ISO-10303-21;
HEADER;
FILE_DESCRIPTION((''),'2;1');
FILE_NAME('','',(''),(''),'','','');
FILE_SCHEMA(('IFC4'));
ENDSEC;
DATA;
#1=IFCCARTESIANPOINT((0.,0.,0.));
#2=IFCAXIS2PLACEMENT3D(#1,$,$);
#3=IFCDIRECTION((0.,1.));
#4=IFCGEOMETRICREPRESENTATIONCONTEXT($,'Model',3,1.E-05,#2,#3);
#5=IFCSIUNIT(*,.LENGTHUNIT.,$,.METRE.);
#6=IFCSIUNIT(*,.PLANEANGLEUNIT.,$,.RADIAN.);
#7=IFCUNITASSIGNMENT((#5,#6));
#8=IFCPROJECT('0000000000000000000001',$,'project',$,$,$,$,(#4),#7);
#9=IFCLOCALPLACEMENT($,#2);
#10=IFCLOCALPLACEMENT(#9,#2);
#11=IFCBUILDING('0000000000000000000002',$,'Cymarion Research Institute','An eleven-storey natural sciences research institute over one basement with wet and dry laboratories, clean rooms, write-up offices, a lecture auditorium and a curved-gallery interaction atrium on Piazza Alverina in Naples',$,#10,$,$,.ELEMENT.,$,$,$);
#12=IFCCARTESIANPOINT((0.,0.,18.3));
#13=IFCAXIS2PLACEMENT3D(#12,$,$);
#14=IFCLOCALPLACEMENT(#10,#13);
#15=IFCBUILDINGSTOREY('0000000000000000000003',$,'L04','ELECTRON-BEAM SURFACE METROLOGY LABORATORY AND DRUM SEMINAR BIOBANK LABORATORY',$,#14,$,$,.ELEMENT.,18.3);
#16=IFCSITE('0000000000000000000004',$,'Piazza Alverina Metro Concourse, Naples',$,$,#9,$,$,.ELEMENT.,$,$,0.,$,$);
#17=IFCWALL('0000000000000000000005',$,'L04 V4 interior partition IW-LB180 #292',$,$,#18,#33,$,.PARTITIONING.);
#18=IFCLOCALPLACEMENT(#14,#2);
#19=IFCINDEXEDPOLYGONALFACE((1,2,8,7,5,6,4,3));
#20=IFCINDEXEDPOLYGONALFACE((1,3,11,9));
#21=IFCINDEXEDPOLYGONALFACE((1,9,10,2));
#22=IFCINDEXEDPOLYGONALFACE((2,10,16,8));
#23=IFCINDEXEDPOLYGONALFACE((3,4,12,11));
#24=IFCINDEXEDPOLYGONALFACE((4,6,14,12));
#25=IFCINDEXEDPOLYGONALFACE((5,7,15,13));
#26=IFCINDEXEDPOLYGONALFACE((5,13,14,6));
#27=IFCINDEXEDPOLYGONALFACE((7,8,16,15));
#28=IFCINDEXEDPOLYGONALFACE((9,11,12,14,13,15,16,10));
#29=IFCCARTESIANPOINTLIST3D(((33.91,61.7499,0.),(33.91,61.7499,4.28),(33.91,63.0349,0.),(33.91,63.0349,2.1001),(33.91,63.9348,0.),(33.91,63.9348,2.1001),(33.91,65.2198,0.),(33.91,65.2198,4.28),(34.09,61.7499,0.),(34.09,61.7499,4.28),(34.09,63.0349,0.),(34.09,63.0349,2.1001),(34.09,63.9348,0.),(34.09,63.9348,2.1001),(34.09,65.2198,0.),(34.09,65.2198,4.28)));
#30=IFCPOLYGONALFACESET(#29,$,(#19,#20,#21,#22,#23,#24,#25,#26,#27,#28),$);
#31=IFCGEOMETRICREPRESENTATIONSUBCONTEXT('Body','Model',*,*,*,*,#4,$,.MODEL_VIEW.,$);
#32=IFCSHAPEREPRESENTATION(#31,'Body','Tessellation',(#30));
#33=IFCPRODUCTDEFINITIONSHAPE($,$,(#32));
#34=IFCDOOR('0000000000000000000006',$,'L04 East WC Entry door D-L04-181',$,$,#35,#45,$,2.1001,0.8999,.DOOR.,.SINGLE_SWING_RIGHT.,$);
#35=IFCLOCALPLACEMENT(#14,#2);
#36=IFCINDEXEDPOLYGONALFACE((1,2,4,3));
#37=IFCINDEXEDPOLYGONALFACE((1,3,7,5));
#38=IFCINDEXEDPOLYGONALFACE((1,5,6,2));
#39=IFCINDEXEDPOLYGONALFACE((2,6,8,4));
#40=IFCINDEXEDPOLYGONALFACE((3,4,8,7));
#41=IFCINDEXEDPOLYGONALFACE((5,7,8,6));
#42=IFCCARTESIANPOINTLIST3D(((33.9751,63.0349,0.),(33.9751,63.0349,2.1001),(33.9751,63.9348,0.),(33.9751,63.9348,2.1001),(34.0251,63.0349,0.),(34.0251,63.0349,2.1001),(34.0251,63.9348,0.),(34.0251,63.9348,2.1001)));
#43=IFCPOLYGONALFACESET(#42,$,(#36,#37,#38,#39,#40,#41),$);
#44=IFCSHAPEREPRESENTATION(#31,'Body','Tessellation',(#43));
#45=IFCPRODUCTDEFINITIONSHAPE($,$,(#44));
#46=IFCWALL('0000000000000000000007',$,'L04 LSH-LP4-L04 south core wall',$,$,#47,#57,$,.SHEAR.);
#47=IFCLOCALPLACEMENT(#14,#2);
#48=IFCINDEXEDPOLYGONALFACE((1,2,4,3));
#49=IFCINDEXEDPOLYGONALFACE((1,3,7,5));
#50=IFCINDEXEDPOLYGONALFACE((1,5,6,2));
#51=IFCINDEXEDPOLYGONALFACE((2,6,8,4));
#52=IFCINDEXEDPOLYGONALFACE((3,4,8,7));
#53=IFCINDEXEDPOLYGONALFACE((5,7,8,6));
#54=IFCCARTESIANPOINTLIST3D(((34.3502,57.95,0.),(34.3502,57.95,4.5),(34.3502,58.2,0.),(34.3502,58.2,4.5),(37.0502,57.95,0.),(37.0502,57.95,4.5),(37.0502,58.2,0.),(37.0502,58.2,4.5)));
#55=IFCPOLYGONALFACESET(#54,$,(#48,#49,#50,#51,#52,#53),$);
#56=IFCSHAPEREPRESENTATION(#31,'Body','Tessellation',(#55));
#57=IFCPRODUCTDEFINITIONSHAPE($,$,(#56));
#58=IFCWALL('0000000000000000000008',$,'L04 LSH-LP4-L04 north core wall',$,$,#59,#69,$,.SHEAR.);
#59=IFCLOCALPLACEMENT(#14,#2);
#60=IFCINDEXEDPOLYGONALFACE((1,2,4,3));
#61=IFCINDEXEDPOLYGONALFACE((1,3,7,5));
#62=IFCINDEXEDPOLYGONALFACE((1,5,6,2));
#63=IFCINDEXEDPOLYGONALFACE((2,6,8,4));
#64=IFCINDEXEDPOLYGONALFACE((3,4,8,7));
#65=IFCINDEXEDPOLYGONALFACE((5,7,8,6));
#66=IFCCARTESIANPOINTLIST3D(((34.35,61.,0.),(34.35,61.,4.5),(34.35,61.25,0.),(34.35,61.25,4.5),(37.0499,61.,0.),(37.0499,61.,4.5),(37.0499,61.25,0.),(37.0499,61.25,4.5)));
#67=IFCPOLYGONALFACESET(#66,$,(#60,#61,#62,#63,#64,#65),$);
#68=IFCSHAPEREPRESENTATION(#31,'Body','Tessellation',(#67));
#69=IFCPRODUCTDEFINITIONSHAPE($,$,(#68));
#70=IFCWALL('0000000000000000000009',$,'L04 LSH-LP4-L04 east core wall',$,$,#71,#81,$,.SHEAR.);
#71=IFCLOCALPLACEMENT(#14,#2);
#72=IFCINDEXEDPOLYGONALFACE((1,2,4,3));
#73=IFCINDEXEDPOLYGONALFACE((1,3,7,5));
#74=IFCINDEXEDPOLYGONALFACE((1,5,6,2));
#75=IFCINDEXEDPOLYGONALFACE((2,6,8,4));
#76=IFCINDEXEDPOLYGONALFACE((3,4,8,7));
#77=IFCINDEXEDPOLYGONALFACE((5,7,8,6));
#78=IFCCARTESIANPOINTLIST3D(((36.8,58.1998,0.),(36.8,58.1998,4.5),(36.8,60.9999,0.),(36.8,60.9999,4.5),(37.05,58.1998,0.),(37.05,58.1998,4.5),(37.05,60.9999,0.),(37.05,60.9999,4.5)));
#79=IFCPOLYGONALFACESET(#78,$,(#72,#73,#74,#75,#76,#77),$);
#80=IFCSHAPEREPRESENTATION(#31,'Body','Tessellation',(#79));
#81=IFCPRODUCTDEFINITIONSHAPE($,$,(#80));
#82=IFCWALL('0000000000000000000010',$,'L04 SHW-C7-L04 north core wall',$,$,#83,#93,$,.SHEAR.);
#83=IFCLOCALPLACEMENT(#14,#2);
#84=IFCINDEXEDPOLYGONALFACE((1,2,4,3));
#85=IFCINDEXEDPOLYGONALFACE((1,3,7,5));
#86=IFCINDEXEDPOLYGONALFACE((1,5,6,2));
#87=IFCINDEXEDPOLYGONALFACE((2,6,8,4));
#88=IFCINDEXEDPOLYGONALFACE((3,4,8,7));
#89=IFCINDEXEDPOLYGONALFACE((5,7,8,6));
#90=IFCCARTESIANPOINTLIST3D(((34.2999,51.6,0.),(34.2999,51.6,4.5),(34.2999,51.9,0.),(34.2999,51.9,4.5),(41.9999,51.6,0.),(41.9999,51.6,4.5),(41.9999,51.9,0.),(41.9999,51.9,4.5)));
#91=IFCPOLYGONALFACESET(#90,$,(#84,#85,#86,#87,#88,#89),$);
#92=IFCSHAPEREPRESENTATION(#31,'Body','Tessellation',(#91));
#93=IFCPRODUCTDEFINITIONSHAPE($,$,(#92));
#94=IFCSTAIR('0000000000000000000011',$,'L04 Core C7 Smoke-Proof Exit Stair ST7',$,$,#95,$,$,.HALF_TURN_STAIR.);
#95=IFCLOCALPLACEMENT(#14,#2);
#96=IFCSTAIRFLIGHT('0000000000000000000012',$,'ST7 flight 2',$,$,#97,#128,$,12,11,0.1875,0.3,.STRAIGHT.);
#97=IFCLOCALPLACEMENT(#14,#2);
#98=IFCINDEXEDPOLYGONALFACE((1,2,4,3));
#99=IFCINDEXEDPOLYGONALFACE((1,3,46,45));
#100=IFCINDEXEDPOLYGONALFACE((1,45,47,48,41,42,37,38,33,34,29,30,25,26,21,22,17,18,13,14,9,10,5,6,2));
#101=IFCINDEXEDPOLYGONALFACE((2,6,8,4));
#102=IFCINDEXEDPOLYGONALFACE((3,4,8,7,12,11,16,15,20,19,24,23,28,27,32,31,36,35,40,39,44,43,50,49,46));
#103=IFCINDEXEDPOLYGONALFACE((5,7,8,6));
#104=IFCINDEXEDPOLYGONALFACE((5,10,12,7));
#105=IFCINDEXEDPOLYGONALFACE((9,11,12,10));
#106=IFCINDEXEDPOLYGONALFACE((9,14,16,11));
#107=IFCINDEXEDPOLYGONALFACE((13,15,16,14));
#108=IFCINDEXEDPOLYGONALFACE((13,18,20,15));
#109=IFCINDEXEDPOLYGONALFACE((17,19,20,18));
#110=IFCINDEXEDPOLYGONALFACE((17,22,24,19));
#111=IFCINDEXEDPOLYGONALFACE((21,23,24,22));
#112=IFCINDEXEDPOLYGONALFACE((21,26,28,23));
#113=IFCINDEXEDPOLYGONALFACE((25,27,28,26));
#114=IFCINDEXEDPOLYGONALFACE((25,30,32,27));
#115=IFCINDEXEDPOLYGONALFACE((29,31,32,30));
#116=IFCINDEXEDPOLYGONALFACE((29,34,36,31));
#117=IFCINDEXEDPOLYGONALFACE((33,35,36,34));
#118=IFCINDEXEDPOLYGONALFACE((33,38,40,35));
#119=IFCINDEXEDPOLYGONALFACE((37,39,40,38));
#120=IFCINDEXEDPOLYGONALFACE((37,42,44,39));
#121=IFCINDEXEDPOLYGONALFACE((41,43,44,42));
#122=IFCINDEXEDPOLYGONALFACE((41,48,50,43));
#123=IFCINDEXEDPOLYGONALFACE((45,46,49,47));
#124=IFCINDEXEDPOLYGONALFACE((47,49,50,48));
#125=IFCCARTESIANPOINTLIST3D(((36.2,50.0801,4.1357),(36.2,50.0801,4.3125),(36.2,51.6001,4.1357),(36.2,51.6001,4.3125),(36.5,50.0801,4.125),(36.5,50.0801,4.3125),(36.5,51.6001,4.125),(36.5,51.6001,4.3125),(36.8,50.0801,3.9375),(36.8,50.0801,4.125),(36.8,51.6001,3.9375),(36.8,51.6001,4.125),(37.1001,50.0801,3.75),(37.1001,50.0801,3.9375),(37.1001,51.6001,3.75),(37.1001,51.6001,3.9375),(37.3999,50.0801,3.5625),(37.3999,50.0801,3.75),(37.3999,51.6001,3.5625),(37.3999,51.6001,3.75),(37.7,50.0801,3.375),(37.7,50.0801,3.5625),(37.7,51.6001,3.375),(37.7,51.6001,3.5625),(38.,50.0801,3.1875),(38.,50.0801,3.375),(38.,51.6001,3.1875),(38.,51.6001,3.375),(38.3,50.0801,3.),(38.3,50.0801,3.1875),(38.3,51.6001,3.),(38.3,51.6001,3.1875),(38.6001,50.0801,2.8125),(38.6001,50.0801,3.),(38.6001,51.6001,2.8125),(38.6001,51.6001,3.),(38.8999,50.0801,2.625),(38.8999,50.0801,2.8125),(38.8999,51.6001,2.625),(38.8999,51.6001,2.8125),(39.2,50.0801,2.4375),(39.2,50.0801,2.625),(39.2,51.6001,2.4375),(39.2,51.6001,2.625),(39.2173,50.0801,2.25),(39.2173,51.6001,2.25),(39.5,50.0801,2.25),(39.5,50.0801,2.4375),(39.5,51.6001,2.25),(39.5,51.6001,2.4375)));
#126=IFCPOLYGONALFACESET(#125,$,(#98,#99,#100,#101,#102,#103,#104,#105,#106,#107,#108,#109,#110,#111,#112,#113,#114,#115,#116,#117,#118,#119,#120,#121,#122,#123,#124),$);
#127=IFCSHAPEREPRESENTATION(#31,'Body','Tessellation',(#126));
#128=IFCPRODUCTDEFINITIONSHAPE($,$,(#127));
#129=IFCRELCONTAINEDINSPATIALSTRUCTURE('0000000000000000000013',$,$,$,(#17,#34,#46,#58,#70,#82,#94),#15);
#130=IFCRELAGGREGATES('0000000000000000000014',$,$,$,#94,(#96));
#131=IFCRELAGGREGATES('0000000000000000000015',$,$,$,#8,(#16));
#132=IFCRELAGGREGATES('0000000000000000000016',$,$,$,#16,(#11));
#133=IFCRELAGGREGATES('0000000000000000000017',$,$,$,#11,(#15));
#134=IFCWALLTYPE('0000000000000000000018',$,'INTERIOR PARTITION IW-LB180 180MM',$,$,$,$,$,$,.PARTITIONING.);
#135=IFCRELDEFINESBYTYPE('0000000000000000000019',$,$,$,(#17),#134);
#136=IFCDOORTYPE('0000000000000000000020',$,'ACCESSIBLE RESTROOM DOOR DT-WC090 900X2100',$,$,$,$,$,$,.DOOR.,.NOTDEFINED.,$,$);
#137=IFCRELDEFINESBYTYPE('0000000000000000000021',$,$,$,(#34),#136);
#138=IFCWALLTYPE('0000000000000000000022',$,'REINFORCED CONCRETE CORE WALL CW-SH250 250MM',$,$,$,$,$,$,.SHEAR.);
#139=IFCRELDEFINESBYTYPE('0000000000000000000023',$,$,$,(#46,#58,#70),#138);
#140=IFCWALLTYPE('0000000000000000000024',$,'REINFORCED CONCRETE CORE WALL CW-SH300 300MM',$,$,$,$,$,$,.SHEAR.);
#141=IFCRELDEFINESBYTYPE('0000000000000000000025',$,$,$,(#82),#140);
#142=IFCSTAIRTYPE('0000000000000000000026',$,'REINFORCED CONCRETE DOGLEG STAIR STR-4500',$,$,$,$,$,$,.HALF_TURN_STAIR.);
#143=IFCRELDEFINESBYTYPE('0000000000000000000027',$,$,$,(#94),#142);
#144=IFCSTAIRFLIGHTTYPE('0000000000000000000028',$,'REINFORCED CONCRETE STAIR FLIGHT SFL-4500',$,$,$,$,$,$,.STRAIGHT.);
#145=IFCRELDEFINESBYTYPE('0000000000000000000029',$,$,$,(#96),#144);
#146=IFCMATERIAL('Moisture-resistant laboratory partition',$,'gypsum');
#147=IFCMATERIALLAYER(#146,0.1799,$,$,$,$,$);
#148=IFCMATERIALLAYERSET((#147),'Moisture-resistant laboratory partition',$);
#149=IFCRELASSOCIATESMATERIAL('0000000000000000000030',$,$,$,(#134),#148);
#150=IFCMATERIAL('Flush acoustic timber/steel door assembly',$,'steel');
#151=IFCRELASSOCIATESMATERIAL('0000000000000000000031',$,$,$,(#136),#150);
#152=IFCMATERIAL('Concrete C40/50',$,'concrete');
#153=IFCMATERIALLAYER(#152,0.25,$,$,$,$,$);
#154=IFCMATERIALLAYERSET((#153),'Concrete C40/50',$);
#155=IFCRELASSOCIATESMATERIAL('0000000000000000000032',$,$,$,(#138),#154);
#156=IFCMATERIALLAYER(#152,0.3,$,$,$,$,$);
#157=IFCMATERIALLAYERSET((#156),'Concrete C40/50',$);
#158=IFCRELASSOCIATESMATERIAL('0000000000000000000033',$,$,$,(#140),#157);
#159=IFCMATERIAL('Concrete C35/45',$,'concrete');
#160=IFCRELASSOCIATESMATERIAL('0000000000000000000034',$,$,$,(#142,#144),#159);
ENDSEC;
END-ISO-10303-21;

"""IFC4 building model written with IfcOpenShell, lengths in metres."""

from ifc_helpers import new_model, si_unit, direction, frame, frame_2d, origin, place, context, subcontext, project, spatial, polyline, rectangle, outline, extrude, material, layer, layer_set, type_object, element, fill, aggregate, save


model = new_model("IFC4")

# Units and contexts
model_context = context("Model", 3, precision=1e-05, world=origin(), true_north=direction((0.0, 1.0)))
body_context = subcontext(model_context, "Body", "Model", "MODEL_VIEW")
ifc_project = project(units=[si_unit("LENGTHUNIT", "METRE"), si_unit("PLANEANGLEUNIT", "RADIAN")], contexts=[model_context])

# Site, building, storey
site_placement = place(None, origin())
site = spatial("IfcSite", under=ifc_project, at=site_placement, Name="Piazza Alverina Metro Concourse, Naples", CompositionType="ELEMENT", RefElevation=0.0)
building_placement = place(site_placement, origin())
building = spatial("IfcBuilding", under=site, at=building_placement, Name="Cymarion Research Institute", Description="An eleven-storey natural sciences research institute over one basement with wet and dry laboratories, clean rooms, write-up offices, a lecture auditorium and a curved-gallery interaction atrium on Piazza Alverina in Naples", CompositionType="ELEMENT")
storey_placement = place(building_placement, frame((0.0, 0.0, 18.3)))
storey = spatial("IfcBuildingStorey", under=building, at=storey_placement, Name="L04", Description="ELECTRON-BEAM SURFACE METROLOGY LABORATORY AND DRUM SEMINAR BIOBANK LABORATORY", CompositionType="ELEMENT", Elevation=18.3)

# Shared definitions
ifc_material_1 = material(Name="Flush acoustic timber/steel door assembly", Category="steel")

# Shared definitions
ifc_material_2 = material(Name="Moisture-resistant laboratory partition", Category="gypsum")
ifc_layer_1 = layer(ifc_material_2, 0.1799)
ifc_layer_set_1 = layer_set([ifc_layer_1], Name="Moisture-resistant laboratory partition")
wall_type_1 = type_object("IfcWallType", Name="INTERIOR PARTITION IW-LB180 180MM", PredefinedType="PARTITIONING", material=ifc_layer_set_1)

# Wall, opening, door
wall_1_placement = place(storey_placement, frame((34.0, 61.75, 0.0), z_axis=(0.0, 0.0, 1.0), x_axis=(0.0, 1.0, 0.0)))
wall_1 = element("IfcWall", 1, at=wall_1_placement, inside=storey, type_object=wall_type_1, Name="L04 V4 interior partition IW-LB180 #292", PredefinedType="PARTITIONING", context=body_context, shape_type="SweptSolid", body=[
    extrude(rectangle(XDim=3.47, YDim=0.1799, at=frame_2d((1.7349, 0.0))), origin(), (0.0, 0.0, 1.0), 4.28),
])
opening_1_placement = place(wall_1_placement, frame((1.2849, 0.0, 0.0)))
opening_1 = element("IfcOpeningElement", 2, at=opening_1_placement, cuts=wall_1, PredefinedType="OPENING", context=body_context, shape_type="SweptSolid", body=[
    extrude(rectangle(XDim=0.8999, YDim=2.1001, at=frame_2d((0.45, 1.05))), frame((0.0, 0.0999, 0.0), z_axis=(0.0, -1.0, 0.0), x_axis=(1.0, 0.0, 0.0)), (0.0, 0.0, 1.0), 0.2),
])
door_type_1 = type_object("IfcDoorType", Name="ACCESSIBLE RESTROOM DOOR DT-WC090 900X2100", OperationType="NOTDEFINED", PredefinedType="DOOR", material=ifc_material_1)
door_1_placement = place(opening_1_placement, origin())
door_1 = element("IfcDoor", 3, at=door_1_placement, inside=storey, type_object=door_type_1, Name="L04 East WC Entry door D-L04-181", OperationType="SINGLE_SWING_RIGHT", OverallHeight=2.1001, OverallWidth=0.8999, PredefinedType="DOOR", context=body_context, shape_type="SweptSolid", body=[
    extrude(rectangle(XDim=0.8999, YDim=2.1001, at=frame_2d((0.45, 1.05))), frame((0.0, 0.0249, 0.0), z_axis=(0.0, -1.0, 0.0), x_axis=(1.0, 0.0, 0.0)), (0.0, 0.0, 1.0), 0.05),
])
fill(opening_1, door_1)

# Walls
ifc_material_3 = material(Name="Concrete C40/50", Category="concrete")
ifc_layer_2 = layer(ifc_material_3, 0.25)
ifc_layer_set_2 = layer_set([ifc_layer_2], Name="Concrete C40/50")
wall_type_2 = type_object("IfcWallType", Name="REINFORCED CONCRETE CORE WALL CW-SH250 250MM", PredefinedType="SHEAR", material=ifc_layer_set_2)
for number, where, z_axis, x_axis, name in (
    (4, (34.3501, 58.075, 0.0), (0.0, 0.0, 1.0), (1.0, 0.0, 0.0), "L04 LSH-LP4-L04 south core wall"),
    (5, (37.05, 61.125, 0.0), (0.0, 0.0, 1.0), (-1.0, 0.0, 0.0), "L04 LSH-LP4-L04 north core wall"),
):
    element("IfcWall", number, at=place(storey_placement, frame(where, z_axis=z_axis, x_axis=x_axis)), inside=storey, type_object=wall_type_2, Name=name, PredefinedType="SHEAR", context=body_context, shape_type="SweptSolid", body=[
        extrude(rectangle(XDim=2.7, YDim=0.25, at=frame_2d((1.3501, 0.0))), origin(), (0.0, 0.0, 1.0), 4.5),
    ])

# Walls
wall_2_placement = place(storey_placement, frame((36.925, 58.2, 0.0), z_axis=(0.0, 0.0, 1.0), x_axis=(0.0, 1.0, 0.0)))
element("IfcWall", 6, at=wall_2_placement, inside=storey, type_object=wall_type_2, Name="L04 LSH-LP4-L04 east core wall", PredefinedType="SHEAR", context=body_context, shape_type="SweptSolid", body=[
    extrude(rectangle(XDim=2.8, YDim=0.25, at=frame_2d((1.3999, 0.0))), origin(), (0.0, 0.0, 1.0), 4.5),
])
ifc_layer_3 = layer(ifc_material_3, 0.3)
ifc_layer_set_3 = layer_set([ifc_layer_3], Name="Concrete C40/50")
wall_type_3 = type_object("IfcWallType", Name="REINFORCED CONCRETE CORE WALL CW-SH300 300MM", PredefinedType="SHEAR", material=ifc_layer_set_3)
wall_3_placement = place(storey_placement, frame((42.0, 51.75, 0.0), z_axis=(0.0, 0.0, 1.0), x_axis=(-1.0, 0.0, 0.0)))
element("IfcWall", 7, at=wall_3_placement, inside=storey, type_object=wall_type_3, Name="L04 SHW-C7-L04 north core wall", PredefinedType="SHEAR", context=body_context, shape_type="SweptSolid", body=[
    extrude(rectangle(XDim=7.7, YDim=0.3, at=frame_2d((3.8501, 0.0))), origin(), (0.0, 0.0, 1.0), 4.5),
])

# Stair, stair flight
ifc_material_4 = material(Name="Concrete C35/45", Category="concrete")
stair_type = type_object("IfcStairType", Name="REINFORCED CONCRETE DOGLEG STAIR STR-4500", PredefinedType="HALF_TURN_STAIR", material=ifc_material_4)
stair_placement = place(storey_placement, origin())
stair = element("IfcStair", 8, at=stair_placement, inside=storey, type_object=stair_type, Name="L04 Core C7 Smoke-Proof Exit Stair ST7", PredefinedType="HALF_TURN_STAIR")
stair_flight_type = type_object("IfcStairFlightType", Name="REINFORCED CONCRETE STAIR FLIGHT SFL-4500", PredefinedType="STRAIGHT", material=ifc_material_4)
stair_flight_placement = place(storey_placement, frame((39.5, 50.8401, 2.25), z_axis=(0.0, 0.0, 1.0), x_axis=(-1.0, 0.0, 0.0)))
stair_flight = element("IfcStairFlight", 9, at=stair_flight_placement, type_object=stair_flight_type, Name="ST7 flight 2", NumberOfRisers=12, NumberOfTreads=11, PredefinedType="STRAIGHT", RiserHeight=0.1875, TreadLength=0.3, context=body_context, shape_type="SweptSolid", body=[
    extrude(outline(polyline([(0.0, 0.0), (0.0, 0.1875), (0.3, 0.1875), (0.3, 0.375), (0.6001, 0.375), (0.6001, 0.5625), (0.8999, 0.5625), (0.8999, 0.75), (1.2, 0.75), (1.2, 0.9375), (1.5, 0.9375), (1.5, 1.125), (1.8, 1.125), (1.8, 1.3125), (2.1001, 1.3125), (2.1001, 1.5), (2.3999, 1.5), (2.3999, 1.6875), (2.7, 1.6875), (2.7, 1.875), (3.0, 1.875), (3.0, 2.0625), (3.3, 2.0625), (3.3, 2.25), (3.3, 1.8857), (0.2827, 0.0), (0.0, 0.0)])), frame((0.0, 0.76, 0.0), z_axis=(0.0, -1.0, 0.0), x_axis=(1.0, 0.0, 0.0)), (0.0, 0.0, 1.0), 1.52),
])
aggregate(stair, [stair_flight])

save(model, "model.ifc")
